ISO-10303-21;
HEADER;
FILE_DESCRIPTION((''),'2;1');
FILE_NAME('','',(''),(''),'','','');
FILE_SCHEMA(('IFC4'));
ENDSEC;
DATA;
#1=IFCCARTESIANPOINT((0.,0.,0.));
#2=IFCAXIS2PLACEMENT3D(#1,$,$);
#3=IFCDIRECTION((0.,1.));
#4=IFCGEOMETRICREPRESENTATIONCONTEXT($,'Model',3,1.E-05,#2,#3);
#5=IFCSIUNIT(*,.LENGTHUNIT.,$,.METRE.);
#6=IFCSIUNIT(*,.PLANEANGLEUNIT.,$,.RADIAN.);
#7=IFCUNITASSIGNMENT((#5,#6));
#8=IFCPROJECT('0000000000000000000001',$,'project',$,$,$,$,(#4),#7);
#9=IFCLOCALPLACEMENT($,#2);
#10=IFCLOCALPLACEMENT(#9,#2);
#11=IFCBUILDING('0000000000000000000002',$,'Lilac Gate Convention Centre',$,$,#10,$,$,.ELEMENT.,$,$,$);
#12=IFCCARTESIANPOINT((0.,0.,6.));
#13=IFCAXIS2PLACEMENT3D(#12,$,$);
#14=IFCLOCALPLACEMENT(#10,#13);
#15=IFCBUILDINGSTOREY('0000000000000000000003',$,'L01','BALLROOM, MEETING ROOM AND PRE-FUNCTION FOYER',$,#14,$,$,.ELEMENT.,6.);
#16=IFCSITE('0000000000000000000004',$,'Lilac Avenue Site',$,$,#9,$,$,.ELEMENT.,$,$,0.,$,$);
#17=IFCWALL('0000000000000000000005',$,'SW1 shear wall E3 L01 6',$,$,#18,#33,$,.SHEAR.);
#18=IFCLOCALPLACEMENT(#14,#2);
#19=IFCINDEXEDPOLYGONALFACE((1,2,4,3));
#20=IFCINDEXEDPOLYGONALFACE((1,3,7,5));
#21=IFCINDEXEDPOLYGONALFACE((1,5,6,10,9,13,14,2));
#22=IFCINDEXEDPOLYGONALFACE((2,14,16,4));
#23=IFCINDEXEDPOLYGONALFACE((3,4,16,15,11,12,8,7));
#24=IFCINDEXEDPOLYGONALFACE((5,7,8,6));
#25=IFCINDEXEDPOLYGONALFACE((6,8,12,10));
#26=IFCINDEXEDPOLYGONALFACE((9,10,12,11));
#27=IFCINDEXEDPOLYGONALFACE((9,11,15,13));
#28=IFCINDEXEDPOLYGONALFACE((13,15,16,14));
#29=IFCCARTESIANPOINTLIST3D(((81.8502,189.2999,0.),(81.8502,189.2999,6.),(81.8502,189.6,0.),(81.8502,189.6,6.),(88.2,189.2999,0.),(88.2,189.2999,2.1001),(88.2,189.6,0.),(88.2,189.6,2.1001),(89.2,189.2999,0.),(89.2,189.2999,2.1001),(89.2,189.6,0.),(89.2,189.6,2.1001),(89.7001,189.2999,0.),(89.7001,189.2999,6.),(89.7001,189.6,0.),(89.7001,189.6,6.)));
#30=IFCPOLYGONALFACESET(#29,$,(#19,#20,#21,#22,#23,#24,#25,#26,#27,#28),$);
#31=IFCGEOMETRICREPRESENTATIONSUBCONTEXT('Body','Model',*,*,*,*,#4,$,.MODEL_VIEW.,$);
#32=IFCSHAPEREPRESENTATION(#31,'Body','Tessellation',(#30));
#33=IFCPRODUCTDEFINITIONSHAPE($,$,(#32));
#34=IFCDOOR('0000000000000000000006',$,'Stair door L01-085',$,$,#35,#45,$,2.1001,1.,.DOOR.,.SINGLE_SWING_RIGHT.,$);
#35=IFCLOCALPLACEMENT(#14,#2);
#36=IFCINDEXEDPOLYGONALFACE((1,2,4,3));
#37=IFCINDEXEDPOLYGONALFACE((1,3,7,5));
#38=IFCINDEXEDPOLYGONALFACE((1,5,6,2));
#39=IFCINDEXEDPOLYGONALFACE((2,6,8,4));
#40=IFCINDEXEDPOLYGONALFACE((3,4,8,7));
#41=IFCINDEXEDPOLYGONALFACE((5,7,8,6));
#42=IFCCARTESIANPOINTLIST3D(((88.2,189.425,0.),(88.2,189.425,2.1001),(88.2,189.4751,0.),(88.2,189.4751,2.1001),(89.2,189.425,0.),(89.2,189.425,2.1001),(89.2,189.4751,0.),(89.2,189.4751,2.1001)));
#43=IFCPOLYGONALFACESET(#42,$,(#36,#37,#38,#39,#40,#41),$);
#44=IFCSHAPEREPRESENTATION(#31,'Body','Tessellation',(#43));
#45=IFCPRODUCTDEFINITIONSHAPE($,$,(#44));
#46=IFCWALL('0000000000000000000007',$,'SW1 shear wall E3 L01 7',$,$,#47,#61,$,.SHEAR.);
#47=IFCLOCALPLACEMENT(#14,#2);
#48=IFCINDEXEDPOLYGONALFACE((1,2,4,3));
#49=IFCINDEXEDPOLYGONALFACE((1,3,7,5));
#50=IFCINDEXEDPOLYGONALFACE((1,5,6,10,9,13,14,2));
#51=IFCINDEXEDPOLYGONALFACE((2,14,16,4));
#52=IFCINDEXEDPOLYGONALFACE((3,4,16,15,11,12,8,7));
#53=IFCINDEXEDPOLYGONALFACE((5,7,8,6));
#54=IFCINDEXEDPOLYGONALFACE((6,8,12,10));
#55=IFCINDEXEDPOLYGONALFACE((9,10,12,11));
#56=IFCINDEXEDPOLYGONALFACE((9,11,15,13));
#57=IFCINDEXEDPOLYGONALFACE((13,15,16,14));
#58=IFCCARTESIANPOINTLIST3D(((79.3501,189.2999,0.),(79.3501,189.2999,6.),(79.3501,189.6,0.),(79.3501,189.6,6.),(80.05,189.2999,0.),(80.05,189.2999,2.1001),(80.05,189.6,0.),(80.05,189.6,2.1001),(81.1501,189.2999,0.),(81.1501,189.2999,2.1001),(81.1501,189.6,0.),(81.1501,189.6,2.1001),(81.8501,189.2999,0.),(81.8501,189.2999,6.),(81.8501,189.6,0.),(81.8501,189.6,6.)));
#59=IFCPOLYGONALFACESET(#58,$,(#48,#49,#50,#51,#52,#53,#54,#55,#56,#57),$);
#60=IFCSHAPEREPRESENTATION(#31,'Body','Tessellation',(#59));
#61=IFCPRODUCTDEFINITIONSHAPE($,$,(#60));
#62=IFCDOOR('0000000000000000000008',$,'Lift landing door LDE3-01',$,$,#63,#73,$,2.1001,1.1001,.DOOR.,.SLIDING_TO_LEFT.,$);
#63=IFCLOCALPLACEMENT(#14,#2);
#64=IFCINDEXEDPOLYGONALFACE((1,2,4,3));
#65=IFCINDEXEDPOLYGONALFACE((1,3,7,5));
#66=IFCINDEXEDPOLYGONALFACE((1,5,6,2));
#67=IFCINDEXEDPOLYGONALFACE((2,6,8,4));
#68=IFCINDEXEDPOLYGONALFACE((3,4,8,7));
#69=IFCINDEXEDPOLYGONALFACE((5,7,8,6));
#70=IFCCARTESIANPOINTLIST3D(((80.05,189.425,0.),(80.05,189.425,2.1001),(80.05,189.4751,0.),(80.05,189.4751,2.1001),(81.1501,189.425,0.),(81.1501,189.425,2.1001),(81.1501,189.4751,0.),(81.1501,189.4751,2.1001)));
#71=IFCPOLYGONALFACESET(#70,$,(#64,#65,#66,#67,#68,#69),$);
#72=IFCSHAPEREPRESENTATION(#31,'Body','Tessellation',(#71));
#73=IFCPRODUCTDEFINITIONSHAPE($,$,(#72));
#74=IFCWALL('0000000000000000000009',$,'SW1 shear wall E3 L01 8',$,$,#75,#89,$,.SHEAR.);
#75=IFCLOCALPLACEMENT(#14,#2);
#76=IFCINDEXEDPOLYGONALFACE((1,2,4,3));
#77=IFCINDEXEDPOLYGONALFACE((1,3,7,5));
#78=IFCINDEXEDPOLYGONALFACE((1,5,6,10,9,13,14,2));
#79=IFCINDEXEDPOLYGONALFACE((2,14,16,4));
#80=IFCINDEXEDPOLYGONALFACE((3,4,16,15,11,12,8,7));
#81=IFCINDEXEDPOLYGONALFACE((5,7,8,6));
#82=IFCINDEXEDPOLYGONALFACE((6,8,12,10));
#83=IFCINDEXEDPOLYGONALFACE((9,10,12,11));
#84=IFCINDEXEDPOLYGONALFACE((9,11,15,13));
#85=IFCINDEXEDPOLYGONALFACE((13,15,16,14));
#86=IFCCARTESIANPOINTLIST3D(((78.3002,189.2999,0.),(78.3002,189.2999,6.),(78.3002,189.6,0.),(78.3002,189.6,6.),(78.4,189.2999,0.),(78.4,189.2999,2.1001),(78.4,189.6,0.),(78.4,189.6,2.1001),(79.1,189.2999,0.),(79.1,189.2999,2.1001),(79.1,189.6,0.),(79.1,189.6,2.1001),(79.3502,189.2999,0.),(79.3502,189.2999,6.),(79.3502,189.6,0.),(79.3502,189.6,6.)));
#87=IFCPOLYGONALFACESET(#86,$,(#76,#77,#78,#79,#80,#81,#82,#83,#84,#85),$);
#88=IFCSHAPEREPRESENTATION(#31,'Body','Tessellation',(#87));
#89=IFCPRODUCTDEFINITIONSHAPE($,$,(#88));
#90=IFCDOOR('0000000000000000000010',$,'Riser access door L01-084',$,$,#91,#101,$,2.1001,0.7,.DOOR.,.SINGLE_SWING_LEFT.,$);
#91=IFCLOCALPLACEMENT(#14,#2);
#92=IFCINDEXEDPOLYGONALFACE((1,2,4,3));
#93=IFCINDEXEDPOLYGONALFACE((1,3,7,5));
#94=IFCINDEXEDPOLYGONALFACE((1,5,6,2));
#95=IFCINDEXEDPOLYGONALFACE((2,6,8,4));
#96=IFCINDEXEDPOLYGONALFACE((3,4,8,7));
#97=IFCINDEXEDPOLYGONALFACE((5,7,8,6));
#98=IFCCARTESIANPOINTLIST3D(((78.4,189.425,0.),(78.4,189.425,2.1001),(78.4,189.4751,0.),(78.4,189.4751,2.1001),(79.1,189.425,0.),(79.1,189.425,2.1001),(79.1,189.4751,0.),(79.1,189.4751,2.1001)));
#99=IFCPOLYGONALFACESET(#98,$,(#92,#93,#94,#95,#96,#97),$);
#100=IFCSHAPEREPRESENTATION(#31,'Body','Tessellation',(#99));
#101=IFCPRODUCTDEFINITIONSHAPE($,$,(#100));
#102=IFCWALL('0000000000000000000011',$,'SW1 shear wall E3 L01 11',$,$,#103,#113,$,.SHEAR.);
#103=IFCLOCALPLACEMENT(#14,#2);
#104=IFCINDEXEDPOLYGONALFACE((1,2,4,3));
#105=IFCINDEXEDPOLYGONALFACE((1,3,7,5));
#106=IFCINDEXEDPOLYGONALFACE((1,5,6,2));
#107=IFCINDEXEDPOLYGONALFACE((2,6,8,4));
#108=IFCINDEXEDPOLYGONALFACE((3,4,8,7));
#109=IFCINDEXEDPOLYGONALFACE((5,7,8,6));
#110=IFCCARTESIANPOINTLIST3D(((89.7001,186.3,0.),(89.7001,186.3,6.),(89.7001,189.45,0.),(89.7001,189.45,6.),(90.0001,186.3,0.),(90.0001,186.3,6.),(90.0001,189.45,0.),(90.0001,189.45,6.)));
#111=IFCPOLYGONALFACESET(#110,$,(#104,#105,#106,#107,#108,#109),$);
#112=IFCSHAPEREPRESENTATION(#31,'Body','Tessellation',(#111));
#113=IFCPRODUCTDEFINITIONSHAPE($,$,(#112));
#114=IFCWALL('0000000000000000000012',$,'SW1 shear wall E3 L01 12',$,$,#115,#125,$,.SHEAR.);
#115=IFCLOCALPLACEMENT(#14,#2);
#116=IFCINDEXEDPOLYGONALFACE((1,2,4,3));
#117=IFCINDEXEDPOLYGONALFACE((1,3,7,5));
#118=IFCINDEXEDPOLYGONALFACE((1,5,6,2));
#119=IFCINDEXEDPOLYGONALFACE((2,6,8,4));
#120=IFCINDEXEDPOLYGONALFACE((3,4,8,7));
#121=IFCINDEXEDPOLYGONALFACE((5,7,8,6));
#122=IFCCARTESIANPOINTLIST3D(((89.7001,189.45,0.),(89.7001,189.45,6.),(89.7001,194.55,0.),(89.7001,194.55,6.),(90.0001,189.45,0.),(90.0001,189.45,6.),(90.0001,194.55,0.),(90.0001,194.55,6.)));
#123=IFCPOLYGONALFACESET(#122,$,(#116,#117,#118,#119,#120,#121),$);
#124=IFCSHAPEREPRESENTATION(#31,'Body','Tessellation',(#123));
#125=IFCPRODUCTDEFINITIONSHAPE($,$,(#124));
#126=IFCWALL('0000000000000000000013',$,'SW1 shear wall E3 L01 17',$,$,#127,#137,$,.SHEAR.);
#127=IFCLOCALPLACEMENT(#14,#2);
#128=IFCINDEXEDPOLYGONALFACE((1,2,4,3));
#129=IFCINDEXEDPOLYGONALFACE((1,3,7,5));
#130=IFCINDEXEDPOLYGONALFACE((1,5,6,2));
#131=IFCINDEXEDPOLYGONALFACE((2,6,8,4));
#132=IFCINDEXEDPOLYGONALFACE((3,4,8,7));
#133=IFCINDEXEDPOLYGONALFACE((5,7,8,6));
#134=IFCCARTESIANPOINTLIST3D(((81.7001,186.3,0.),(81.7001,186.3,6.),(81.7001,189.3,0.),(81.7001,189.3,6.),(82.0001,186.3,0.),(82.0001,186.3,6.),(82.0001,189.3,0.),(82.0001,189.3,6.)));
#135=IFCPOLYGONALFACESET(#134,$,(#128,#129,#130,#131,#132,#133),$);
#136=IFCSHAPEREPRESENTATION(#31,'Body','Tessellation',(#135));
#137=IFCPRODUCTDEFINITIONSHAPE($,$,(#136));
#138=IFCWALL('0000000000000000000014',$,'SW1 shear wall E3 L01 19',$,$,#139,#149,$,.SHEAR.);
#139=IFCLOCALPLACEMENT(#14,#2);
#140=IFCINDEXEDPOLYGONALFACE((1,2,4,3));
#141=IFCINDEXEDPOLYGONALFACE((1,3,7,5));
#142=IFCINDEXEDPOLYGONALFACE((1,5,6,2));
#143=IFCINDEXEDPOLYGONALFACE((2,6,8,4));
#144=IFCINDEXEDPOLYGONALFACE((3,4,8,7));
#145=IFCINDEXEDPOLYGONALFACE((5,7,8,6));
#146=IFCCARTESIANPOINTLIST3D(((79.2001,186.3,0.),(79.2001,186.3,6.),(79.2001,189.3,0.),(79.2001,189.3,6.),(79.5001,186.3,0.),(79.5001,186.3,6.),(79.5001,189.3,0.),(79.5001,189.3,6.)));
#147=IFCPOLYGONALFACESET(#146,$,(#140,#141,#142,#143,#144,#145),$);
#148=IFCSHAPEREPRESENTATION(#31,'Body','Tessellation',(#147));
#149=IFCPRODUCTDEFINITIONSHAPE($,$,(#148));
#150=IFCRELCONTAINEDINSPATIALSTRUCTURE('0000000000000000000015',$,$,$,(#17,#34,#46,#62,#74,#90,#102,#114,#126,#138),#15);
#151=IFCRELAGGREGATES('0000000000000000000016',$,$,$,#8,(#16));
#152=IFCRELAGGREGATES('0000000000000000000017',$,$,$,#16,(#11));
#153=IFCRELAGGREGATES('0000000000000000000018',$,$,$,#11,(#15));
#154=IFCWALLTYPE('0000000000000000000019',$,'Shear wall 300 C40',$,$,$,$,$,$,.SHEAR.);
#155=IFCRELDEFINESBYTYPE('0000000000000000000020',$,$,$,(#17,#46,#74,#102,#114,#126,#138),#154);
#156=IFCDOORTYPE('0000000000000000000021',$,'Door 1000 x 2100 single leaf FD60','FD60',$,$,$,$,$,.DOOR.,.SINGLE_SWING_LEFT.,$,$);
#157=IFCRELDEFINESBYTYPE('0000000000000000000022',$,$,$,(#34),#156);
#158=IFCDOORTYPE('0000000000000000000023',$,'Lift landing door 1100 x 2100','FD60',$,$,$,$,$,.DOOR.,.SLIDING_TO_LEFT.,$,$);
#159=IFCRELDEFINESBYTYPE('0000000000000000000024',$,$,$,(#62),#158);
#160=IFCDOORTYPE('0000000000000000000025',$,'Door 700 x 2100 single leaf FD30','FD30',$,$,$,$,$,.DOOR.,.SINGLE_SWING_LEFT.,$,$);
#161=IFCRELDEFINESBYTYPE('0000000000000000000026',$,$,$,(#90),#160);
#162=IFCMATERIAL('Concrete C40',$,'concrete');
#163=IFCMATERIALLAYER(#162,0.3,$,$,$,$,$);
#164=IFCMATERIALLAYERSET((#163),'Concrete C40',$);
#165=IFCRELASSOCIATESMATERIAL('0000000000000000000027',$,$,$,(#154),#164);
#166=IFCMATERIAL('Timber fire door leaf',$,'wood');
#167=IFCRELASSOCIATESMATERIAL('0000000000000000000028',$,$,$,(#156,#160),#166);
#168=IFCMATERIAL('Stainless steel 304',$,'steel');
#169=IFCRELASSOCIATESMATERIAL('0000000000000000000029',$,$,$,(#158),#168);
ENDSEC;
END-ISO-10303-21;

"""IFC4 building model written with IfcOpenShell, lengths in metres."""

from ifc_helpers import new_model, si_unit, direction, frame, frame_2d, origin, place, context, subcontext, project, spatial, rectangle, extrude, material, layer, layer_set, type_object, element, fill, save


model = new_model("IFC4")

# Units and contexts
model_context = context("Model", 3, precision=1e-05, world=origin(), true_north=direction((0.0, 1.0)))
body_context = subcontext(model_context, "Body", "Model", "MODEL_VIEW")
ifc_project = project(units=[si_unit("LENGTHUNIT", "METRE"), si_unit("PLANEANGLEUNIT", "RADIAN")], contexts=[model_context])

# Site, building, storey
site_placement = place(None, origin())
site = spatial("IfcSite", under=ifc_project, at=site_placement, Name="Lilac Avenue Site", CompositionType="ELEMENT", RefElevation=0.0)
building_placement = place(site_placement, origin())
building = spatial("IfcBuilding", under=site, at=building_placement, Name="Lilac Gate Convention Centre", CompositionType="ELEMENT")
storey_placement = place(building_placement, frame((0.0, 0.0, 6.0)))
storey = spatial("IfcBuildingStorey", under=building, at=storey_placement, Name="L01", Description="BALLROOM, MEETING ROOM AND PRE-FUNCTION FOYER", CompositionType="ELEMENT", Elevation=6.0)

# Shared definitions
ifc_material_1 = material(Name="Concrete C40", Category="concrete")

# Shared definitions
ifc_layer_1 = layer(ifc_material_1, 0.3)
ifc_layer_set_1 = layer_set([ifc_layer_1], Name="Concrete C40")
wall_type_1 = type_object("IfcWallType", Name="Shear wall 300 C40", PredefinedType="SHEAR", material=ifc_layer_set_1)
ifc_material_2 = material(Name="Timber fire door leaf", Category="wood")

# Walls, openings, doors
wall_1_placement = place(storey_placement, frame((89.7, 189.45, 0.0), z_axis=(0.0, 0.0, 1.0), x_axis=(-1.0, 0.0, 0.0)))
wall_1 = element("IfcWall", 1, at=wall_1_placement, inside=storey, type_object=wall_type_1, Name="SW1 shear wall E3 L01 6", PredefinedType="SHEAR", context=body_context, shape_type="SweptSolid", body=[
    extrude(rectangle(XDim=7.8499, YDim=0.3, at=frame_2d((3.9248, 0.0))), origin(), (0.0, 0.0, 1.0), 6.0),
])
opening_1_placement = place(wall_1_placement, frame((0.5, 0.0, 0.0)))
opening_1 = element("IfcOpeningElement", 2, at=opening_1_placement, cuts=wall_1, PredefinedType="OPENING", context=body_context, shape_type="SweptSolid", body=[
    extrude(rectangle(XDim=1.0, YDim=2.1001, at=frame_2d((0.5, 1.05))), frame((0.0, 0.1599, 0.0), z_axis=(0.0, -1.0, 0.0), x_axis=(1.0, 0.0, 0.0)), (0.0, 0.0, 1.0), 0.3201),
])
door_type_1 = type_object("IfcDoorType", Name="Door 1000 x 2100 single leaf FD60", Description="FD60", OperationType="SINGLE_SWING_LEFT", PredefinedType="DOOR", material=ifc_material_2)
door_1_placement = place(opening_1_placement, origin())
door_1 = element("IfcDoor", 3, at=door_1_placement, inside=storey, type_object=door_type_1, Name="Stair door L01-085", OperationType="SINGLE_SWING_RIGHT", OverallHeight=2.1001, OverallWidth=1.0, PredefinedType="DOOR", context=body_context, shape_type="SweptSolid", body=[
    extrude(rectangle(XDim=1.0, YDim=2.1001, at=frame_2d((0.5, 1.05))), frame((0.0, 0.0249, 0.0), z_axis=(0.0, -1.0, 0.0), x_axis=(1.0, 0.0, 0.0)), (0.0, 0.0, 1.0), 0.05),
])
fill(opening_1, door_1)
wall_2_placement = place(storey_placement, frame((81.8501, 189.45, 0.0), z_axis=(0.0, 0.0, 1.0), x_axis=(-1.0, 0.0, 0.0)))
wall_2 = element("IfcWall", 4, at=wall_2_placement, inside=storey, type_object=wall_type_1, Name="SW1 shear wall E3 L01 7", PredefinedType="SHEAR", context=body_context, shape_type="SweptSolid", body=[
    extrude(rectangle(XDim=2.5, YDim=0.3, at=frame_2d((1.25, 0.0))), origin(), (0.0, 0.0, 1.0), 6.0),
])
opening_2_placement = place(wall_2_placement, frame((0.7, 0.0, 0.0)))
opening_2 = element("IfcOpeningElement", 5, at=opening_2_placement, cuts=wall_2, PredefinedType="OPENING", context=body_context, shape_type="SweptSolid", body=[
    extrude(rectangle(XDim=1.1001, YDim=2.1001, at=frame_2d((0.55, 1.05))), frame((0.0, 0.1599, 0.0), z_axis=(0.0, -1.0, 0.0), x_axis=(1.0, 0.0, 0.0)), (0.0, 0.0, 1.0), 0.3201),
])
ifc_material_3 = material(Name="Stainless steel 304", Category="steel")
door_type_2 = type_object("IfcDoorType", Name="Lift landing door 1100 x 2100", Description="FD60", OperationType="SLIDING_TO_LEFT", PredefinedType="DOOR", material=ifc_material_3)
door_2_placement = place(opening_2_placement, origin())
door_2 = element("IfcDoor", 6, at=door_2_placement, inside=storey, type_object=door_type_2, Name="Lift landing door LDE3-01", OperationType="SLIDING_TO_LEFT", OverallHeight=2.1001, OverallWidth=1.1001, PredefinedType="DOOR", context=body_context, shape_type="SweptSolid", body=[
    extrude(rectangle(XDim=1.1001, YDim=2.1001, at=frame_2d((0.55, 1.05))), frame((0.0, 0.0249, 0.0), z_axis=(0.0, -1.0, 0.0), x_axis=(1.0, 0.0, 0.0)), (0.0, 0.0, 1.0), 0.05),
])
fill(opening_2, door_2)
wall_3_placement = place(storey_placement, frame((79.3501, 189.45, 0.0), z_axis=(0.0, 0.0, 1.0), x_axis=(-1.0, 0.0, 0.0)))
wall_3 = element("IfcWall", 7, at=wall_3_placement, inside=storey, type_object=wall_type_1, Name="SW1 shear wall E3 L01 8", PredefinedType="SHEAR", context=body_context, shape_type="SweptSolid", body=[
    extrude(rectangle(XDim=1.05, YDim=0.3, at=frame_2d((0.5249, 0.0))), origin(), (0.0, 0.0, 1.0), 6.0),
])
opening_3_placement = place(wall_3_placement, frame((0.25, 0.0, 0.0)))
opening_3 = element("IfcOpeningElement", 8, at=opening_3_placement, cuts=wall_3, PredefinedType="OPENING", context=body_context, shape_type="SweptSolid", body=[
    extrude(rectangle(XDim=0.7, YDim=2.1001, at=frame_2d((0.3501, 1.05))), frame((0.0, 0.1599, 0.0), z_axis=(0.0, -1.0, 0.0), x_axis=(1.0, 0.0, 0.0)), (0.0, 0.0, 1.0), 0.3201),
])
door_type_3 = type_object("IfcDoorType", Name="Door 700 x 2100 single leaf FD30", Description="FD30", OperationType="SINGLE_SWING_LEFT", PredefinedType="DOOR", material=ifc_material_2)
door_3_placement = place(opening_3_placement, origin())
door_3 = element("IfcDoor", 9, at=door_3_placement, inside=storey, type_object=door_type_3, Name="Riser access door L01-084", OperationType="SINGLE_SWING_LEFT", OverallHeight=2.1001, OverallWidth=0.7, PredefinedType="DOOR", context=body_context, shape_type="SweptSolid", body=[
    extrude(rectangle(XDim=0.7, YDim=2.1001, at=frame_2d((0.3501, 1.05))), frame((0.0, 0.0249, 0.0), z_axis=(0.0, -1.0, 0.0), x_axis=(1.0, 0.0, 0.0)), (0.0, 0.0, 1.0), 0.05),
])
fill(opening_3, door_3)

# Walls
wall_4_placement = place(storey_placement, frame((89.8501, 186.3, 0.0), z_axis=(0.0, 0.0, 1.0), x_axis=(0.0, 1.0, 0.0)))
element("IfcWall", 10, at=wall_4_placement, inside=storey, type_object=wall_type_1, Name="SW1 shear wall E3 L01 11", PredefinedType="SHEAR", context=body_context, shape_type="SweptSolid", body=[
    extrude(rectangle(XDim=3.1499, YDim=0.3, at=frame_2d((1.575, 0.0))), origin(), (0.0, 0.0, 1.0), 6.0),
])
wall_5_placement = place(storey_placement, frame((89.8501, 189.45, 0.0), z_axis=(0.0, 0.0, 1.0), x_axis=(0.0, 1.0, 0.0)))
element("IfcWall", 11, at=wall_5_placement, inside=storey, type_object=wall_type_1, Name="SW1 shear wall E3 L01 12", PredefinedType="SHEAR", context=body_context, shape_type="SweptSolid", body=[
    extrude(rectangle(XDim=5.1001, YDim=0.3, at=frame_2d((2.55, 0.0))), origin(), (0.0, 0.0, 1.0), 6.0),
])
for number, where, z_axis, x_axis, name in (
    (12, (81.8501, 186.3, 0.0), (0.0, 0.0, 1.0), (0.0, 1.0, 0.0), "SW1 shear wall E3 L01 17"),
    (13, (79.3501, 186.3, 0.0), (0.0, 0.0, 1.0), (0.0, 1.0, 0.0), "SW1 shear wall E3 L01 19"),
):
    element("IfcWall", number, at=place(storey_placement, frame(where, z_axis=z_axis, x_axis=x_axis)), inside=storey, type_object=wall_type_1, Name=name, PredefinedType="SHEAR", context=body_context, shape_type="SweptSolid", body=[
        extrude(rectangle(XDim=3.0, YDim=0.3, at=frame_2d((1.5, 0.0))), origin(), (0.0, 0.0, 1.0), 6.0),
    ])

save(model, "model.ifc")
